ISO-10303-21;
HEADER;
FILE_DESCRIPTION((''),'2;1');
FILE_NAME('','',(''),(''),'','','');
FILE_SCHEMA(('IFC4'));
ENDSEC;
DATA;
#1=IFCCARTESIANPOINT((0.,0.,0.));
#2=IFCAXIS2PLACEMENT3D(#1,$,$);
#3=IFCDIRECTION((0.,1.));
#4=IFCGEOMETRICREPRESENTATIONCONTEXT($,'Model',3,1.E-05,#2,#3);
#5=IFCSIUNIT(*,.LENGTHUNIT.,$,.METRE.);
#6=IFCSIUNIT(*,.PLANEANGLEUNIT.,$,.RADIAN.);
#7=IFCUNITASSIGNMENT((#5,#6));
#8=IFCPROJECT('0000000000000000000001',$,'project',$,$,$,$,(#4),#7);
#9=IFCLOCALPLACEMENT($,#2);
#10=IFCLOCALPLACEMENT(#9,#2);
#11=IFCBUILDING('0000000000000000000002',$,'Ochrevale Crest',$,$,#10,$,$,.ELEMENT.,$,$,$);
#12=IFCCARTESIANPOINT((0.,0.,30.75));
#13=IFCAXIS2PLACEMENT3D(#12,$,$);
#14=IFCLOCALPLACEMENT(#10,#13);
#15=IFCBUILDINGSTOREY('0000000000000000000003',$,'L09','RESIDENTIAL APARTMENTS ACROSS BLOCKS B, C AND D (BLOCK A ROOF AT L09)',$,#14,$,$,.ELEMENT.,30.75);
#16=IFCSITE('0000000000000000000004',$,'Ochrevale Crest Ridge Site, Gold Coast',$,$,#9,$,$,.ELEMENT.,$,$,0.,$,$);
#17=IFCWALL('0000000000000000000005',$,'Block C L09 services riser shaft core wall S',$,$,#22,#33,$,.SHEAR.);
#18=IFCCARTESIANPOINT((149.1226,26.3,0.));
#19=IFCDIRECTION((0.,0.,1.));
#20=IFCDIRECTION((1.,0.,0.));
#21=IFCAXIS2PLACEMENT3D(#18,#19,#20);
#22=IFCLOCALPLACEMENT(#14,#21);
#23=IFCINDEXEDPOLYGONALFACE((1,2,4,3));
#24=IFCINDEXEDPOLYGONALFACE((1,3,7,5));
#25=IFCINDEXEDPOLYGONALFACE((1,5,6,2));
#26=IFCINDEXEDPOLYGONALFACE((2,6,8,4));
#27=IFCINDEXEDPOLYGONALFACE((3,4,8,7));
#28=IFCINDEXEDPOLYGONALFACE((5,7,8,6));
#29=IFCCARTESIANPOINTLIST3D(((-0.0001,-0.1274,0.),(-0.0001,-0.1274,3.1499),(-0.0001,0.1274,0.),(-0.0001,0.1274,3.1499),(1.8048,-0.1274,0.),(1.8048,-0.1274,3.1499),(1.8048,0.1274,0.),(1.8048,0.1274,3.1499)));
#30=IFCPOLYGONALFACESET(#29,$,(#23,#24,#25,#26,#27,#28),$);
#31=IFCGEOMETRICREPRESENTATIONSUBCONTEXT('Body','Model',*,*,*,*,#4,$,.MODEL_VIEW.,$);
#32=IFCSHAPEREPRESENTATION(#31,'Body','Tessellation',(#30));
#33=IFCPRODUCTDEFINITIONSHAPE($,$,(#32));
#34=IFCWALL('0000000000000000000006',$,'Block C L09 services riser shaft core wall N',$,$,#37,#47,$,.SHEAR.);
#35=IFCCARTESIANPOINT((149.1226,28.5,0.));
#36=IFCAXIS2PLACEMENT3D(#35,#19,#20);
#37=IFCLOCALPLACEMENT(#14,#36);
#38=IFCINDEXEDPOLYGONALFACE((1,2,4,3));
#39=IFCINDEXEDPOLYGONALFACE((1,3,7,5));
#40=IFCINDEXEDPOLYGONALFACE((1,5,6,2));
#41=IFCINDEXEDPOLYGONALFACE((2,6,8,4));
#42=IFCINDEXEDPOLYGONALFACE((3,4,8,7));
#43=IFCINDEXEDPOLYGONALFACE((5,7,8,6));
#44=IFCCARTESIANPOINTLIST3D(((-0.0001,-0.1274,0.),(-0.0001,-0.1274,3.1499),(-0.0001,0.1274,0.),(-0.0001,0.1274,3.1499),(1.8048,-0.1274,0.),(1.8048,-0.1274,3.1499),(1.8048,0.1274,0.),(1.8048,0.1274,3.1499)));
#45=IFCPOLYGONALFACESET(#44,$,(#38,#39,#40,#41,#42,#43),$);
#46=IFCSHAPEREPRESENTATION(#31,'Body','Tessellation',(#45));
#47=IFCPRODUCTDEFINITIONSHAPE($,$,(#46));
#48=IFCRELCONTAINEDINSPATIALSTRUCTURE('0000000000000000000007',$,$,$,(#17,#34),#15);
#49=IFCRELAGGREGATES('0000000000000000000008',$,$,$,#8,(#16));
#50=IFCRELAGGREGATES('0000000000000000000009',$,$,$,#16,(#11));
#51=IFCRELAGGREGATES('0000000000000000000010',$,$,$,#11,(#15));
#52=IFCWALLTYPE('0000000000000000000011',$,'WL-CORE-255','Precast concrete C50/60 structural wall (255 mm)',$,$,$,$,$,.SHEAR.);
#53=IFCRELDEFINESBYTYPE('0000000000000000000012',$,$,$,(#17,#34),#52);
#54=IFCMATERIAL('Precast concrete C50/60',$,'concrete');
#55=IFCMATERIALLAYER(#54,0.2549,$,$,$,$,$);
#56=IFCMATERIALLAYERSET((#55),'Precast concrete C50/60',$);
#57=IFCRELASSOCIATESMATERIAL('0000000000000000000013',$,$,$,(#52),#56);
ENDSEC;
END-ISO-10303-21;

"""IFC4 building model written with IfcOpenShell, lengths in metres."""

from ifc_helpers import new_model, si_unit, direction, frame, frame_2d, origin, place, context, subcontext, project, spatial, rectangle, extrude, material, layer, layer_set, type_object, element, save


model = new_model("IFC4")

# Units and contexts
model_context = context("Model", 3, precision=1e-05, world=origin(), true_north=direction((0.0, 1.0)))
body_context = subcontext(model_context, "Body", "Model", "MODEL_VIEW")
ifc_project = project(units=[si_unit("LENGTHUNIT", "METRE"), si_unit("PLANEANGLEUNIT", "RADIAN")], contexts=[model_context])

# Site, building, storey
site_placement = place(None, origin())
site = spatial("IfcSite", under=ifc_project, at=site_placement, Name="Ochrevale Crest Ridge Site, Gold Coast", CompositionType="ELEMENT", RefElevation=0.0)
building_placement = place(site_placement, origin())
building = spatial("IfcBuilding", under=site, at=building_placement, Name="Ochrevale Crest", CompositionType="ELEMENT")
storey_placement = place(building_placement, frame((0.0, 0.0, 30.75)))
storey = spatial("IfcBuildingStorey", under=building, at=storey_placement, Name="L09", Description="RESIDENTIAL APARTMENTS ACROSS BLOCKS B, C AND D (BLOCK A ROOF AT L09)", CompositionType="ELEMENT", Elevation=30.75)

# Shared definitions
ifc_material_1 = material(Name="Precast concrete C50/60", Category="concrete")

# Shared definitions
ifc_layer_1 = layer(ifc_material_1, 0.2549)
ifc_layer_set_1 = layer_set([ifc_layer_1], Name="Precast concrete C50/60")
wall_type_1 = type_object("IfcWallType", Name="WL-CORE-255", Description="Precast concrete C50/60 structural wall (255 mm)", PredefinedType="SHEAR", material=ifc_layer_set_1)

# Walls
for number, where, z_axis, x_axis, name in (
    (1, (149.1226, 26.3, 0.0), (0.0, 0.0, 1.0), (1.0, 0.0, 0.0), "Block C L09 services riser shaft core wall S"),
    (2, (149.1226, 28.5, 0.0), (0.0, 0.0, 1.0), (1.0, 0.0, 0.0), "Block C L09 services riser shaft core wall N"),
):
    element("IfcWall", number, at=place(storey_placement, frame(where, z_axis=z_axis, x_axis=x_axis)), inside=storey, type_object=wall_type_1, Name=name, PredefinedType="SHEAR", context=body_context, shape_type="SweptSolid", body=[
        extrude(rectangle(XDim=1.8049, YDim=0.2549, at=frame_2d((0.9023, 0.0))), origin(), (0.0, 0.0, 1.0), 3.1499),
    ])

save(model, "model.ifc")
